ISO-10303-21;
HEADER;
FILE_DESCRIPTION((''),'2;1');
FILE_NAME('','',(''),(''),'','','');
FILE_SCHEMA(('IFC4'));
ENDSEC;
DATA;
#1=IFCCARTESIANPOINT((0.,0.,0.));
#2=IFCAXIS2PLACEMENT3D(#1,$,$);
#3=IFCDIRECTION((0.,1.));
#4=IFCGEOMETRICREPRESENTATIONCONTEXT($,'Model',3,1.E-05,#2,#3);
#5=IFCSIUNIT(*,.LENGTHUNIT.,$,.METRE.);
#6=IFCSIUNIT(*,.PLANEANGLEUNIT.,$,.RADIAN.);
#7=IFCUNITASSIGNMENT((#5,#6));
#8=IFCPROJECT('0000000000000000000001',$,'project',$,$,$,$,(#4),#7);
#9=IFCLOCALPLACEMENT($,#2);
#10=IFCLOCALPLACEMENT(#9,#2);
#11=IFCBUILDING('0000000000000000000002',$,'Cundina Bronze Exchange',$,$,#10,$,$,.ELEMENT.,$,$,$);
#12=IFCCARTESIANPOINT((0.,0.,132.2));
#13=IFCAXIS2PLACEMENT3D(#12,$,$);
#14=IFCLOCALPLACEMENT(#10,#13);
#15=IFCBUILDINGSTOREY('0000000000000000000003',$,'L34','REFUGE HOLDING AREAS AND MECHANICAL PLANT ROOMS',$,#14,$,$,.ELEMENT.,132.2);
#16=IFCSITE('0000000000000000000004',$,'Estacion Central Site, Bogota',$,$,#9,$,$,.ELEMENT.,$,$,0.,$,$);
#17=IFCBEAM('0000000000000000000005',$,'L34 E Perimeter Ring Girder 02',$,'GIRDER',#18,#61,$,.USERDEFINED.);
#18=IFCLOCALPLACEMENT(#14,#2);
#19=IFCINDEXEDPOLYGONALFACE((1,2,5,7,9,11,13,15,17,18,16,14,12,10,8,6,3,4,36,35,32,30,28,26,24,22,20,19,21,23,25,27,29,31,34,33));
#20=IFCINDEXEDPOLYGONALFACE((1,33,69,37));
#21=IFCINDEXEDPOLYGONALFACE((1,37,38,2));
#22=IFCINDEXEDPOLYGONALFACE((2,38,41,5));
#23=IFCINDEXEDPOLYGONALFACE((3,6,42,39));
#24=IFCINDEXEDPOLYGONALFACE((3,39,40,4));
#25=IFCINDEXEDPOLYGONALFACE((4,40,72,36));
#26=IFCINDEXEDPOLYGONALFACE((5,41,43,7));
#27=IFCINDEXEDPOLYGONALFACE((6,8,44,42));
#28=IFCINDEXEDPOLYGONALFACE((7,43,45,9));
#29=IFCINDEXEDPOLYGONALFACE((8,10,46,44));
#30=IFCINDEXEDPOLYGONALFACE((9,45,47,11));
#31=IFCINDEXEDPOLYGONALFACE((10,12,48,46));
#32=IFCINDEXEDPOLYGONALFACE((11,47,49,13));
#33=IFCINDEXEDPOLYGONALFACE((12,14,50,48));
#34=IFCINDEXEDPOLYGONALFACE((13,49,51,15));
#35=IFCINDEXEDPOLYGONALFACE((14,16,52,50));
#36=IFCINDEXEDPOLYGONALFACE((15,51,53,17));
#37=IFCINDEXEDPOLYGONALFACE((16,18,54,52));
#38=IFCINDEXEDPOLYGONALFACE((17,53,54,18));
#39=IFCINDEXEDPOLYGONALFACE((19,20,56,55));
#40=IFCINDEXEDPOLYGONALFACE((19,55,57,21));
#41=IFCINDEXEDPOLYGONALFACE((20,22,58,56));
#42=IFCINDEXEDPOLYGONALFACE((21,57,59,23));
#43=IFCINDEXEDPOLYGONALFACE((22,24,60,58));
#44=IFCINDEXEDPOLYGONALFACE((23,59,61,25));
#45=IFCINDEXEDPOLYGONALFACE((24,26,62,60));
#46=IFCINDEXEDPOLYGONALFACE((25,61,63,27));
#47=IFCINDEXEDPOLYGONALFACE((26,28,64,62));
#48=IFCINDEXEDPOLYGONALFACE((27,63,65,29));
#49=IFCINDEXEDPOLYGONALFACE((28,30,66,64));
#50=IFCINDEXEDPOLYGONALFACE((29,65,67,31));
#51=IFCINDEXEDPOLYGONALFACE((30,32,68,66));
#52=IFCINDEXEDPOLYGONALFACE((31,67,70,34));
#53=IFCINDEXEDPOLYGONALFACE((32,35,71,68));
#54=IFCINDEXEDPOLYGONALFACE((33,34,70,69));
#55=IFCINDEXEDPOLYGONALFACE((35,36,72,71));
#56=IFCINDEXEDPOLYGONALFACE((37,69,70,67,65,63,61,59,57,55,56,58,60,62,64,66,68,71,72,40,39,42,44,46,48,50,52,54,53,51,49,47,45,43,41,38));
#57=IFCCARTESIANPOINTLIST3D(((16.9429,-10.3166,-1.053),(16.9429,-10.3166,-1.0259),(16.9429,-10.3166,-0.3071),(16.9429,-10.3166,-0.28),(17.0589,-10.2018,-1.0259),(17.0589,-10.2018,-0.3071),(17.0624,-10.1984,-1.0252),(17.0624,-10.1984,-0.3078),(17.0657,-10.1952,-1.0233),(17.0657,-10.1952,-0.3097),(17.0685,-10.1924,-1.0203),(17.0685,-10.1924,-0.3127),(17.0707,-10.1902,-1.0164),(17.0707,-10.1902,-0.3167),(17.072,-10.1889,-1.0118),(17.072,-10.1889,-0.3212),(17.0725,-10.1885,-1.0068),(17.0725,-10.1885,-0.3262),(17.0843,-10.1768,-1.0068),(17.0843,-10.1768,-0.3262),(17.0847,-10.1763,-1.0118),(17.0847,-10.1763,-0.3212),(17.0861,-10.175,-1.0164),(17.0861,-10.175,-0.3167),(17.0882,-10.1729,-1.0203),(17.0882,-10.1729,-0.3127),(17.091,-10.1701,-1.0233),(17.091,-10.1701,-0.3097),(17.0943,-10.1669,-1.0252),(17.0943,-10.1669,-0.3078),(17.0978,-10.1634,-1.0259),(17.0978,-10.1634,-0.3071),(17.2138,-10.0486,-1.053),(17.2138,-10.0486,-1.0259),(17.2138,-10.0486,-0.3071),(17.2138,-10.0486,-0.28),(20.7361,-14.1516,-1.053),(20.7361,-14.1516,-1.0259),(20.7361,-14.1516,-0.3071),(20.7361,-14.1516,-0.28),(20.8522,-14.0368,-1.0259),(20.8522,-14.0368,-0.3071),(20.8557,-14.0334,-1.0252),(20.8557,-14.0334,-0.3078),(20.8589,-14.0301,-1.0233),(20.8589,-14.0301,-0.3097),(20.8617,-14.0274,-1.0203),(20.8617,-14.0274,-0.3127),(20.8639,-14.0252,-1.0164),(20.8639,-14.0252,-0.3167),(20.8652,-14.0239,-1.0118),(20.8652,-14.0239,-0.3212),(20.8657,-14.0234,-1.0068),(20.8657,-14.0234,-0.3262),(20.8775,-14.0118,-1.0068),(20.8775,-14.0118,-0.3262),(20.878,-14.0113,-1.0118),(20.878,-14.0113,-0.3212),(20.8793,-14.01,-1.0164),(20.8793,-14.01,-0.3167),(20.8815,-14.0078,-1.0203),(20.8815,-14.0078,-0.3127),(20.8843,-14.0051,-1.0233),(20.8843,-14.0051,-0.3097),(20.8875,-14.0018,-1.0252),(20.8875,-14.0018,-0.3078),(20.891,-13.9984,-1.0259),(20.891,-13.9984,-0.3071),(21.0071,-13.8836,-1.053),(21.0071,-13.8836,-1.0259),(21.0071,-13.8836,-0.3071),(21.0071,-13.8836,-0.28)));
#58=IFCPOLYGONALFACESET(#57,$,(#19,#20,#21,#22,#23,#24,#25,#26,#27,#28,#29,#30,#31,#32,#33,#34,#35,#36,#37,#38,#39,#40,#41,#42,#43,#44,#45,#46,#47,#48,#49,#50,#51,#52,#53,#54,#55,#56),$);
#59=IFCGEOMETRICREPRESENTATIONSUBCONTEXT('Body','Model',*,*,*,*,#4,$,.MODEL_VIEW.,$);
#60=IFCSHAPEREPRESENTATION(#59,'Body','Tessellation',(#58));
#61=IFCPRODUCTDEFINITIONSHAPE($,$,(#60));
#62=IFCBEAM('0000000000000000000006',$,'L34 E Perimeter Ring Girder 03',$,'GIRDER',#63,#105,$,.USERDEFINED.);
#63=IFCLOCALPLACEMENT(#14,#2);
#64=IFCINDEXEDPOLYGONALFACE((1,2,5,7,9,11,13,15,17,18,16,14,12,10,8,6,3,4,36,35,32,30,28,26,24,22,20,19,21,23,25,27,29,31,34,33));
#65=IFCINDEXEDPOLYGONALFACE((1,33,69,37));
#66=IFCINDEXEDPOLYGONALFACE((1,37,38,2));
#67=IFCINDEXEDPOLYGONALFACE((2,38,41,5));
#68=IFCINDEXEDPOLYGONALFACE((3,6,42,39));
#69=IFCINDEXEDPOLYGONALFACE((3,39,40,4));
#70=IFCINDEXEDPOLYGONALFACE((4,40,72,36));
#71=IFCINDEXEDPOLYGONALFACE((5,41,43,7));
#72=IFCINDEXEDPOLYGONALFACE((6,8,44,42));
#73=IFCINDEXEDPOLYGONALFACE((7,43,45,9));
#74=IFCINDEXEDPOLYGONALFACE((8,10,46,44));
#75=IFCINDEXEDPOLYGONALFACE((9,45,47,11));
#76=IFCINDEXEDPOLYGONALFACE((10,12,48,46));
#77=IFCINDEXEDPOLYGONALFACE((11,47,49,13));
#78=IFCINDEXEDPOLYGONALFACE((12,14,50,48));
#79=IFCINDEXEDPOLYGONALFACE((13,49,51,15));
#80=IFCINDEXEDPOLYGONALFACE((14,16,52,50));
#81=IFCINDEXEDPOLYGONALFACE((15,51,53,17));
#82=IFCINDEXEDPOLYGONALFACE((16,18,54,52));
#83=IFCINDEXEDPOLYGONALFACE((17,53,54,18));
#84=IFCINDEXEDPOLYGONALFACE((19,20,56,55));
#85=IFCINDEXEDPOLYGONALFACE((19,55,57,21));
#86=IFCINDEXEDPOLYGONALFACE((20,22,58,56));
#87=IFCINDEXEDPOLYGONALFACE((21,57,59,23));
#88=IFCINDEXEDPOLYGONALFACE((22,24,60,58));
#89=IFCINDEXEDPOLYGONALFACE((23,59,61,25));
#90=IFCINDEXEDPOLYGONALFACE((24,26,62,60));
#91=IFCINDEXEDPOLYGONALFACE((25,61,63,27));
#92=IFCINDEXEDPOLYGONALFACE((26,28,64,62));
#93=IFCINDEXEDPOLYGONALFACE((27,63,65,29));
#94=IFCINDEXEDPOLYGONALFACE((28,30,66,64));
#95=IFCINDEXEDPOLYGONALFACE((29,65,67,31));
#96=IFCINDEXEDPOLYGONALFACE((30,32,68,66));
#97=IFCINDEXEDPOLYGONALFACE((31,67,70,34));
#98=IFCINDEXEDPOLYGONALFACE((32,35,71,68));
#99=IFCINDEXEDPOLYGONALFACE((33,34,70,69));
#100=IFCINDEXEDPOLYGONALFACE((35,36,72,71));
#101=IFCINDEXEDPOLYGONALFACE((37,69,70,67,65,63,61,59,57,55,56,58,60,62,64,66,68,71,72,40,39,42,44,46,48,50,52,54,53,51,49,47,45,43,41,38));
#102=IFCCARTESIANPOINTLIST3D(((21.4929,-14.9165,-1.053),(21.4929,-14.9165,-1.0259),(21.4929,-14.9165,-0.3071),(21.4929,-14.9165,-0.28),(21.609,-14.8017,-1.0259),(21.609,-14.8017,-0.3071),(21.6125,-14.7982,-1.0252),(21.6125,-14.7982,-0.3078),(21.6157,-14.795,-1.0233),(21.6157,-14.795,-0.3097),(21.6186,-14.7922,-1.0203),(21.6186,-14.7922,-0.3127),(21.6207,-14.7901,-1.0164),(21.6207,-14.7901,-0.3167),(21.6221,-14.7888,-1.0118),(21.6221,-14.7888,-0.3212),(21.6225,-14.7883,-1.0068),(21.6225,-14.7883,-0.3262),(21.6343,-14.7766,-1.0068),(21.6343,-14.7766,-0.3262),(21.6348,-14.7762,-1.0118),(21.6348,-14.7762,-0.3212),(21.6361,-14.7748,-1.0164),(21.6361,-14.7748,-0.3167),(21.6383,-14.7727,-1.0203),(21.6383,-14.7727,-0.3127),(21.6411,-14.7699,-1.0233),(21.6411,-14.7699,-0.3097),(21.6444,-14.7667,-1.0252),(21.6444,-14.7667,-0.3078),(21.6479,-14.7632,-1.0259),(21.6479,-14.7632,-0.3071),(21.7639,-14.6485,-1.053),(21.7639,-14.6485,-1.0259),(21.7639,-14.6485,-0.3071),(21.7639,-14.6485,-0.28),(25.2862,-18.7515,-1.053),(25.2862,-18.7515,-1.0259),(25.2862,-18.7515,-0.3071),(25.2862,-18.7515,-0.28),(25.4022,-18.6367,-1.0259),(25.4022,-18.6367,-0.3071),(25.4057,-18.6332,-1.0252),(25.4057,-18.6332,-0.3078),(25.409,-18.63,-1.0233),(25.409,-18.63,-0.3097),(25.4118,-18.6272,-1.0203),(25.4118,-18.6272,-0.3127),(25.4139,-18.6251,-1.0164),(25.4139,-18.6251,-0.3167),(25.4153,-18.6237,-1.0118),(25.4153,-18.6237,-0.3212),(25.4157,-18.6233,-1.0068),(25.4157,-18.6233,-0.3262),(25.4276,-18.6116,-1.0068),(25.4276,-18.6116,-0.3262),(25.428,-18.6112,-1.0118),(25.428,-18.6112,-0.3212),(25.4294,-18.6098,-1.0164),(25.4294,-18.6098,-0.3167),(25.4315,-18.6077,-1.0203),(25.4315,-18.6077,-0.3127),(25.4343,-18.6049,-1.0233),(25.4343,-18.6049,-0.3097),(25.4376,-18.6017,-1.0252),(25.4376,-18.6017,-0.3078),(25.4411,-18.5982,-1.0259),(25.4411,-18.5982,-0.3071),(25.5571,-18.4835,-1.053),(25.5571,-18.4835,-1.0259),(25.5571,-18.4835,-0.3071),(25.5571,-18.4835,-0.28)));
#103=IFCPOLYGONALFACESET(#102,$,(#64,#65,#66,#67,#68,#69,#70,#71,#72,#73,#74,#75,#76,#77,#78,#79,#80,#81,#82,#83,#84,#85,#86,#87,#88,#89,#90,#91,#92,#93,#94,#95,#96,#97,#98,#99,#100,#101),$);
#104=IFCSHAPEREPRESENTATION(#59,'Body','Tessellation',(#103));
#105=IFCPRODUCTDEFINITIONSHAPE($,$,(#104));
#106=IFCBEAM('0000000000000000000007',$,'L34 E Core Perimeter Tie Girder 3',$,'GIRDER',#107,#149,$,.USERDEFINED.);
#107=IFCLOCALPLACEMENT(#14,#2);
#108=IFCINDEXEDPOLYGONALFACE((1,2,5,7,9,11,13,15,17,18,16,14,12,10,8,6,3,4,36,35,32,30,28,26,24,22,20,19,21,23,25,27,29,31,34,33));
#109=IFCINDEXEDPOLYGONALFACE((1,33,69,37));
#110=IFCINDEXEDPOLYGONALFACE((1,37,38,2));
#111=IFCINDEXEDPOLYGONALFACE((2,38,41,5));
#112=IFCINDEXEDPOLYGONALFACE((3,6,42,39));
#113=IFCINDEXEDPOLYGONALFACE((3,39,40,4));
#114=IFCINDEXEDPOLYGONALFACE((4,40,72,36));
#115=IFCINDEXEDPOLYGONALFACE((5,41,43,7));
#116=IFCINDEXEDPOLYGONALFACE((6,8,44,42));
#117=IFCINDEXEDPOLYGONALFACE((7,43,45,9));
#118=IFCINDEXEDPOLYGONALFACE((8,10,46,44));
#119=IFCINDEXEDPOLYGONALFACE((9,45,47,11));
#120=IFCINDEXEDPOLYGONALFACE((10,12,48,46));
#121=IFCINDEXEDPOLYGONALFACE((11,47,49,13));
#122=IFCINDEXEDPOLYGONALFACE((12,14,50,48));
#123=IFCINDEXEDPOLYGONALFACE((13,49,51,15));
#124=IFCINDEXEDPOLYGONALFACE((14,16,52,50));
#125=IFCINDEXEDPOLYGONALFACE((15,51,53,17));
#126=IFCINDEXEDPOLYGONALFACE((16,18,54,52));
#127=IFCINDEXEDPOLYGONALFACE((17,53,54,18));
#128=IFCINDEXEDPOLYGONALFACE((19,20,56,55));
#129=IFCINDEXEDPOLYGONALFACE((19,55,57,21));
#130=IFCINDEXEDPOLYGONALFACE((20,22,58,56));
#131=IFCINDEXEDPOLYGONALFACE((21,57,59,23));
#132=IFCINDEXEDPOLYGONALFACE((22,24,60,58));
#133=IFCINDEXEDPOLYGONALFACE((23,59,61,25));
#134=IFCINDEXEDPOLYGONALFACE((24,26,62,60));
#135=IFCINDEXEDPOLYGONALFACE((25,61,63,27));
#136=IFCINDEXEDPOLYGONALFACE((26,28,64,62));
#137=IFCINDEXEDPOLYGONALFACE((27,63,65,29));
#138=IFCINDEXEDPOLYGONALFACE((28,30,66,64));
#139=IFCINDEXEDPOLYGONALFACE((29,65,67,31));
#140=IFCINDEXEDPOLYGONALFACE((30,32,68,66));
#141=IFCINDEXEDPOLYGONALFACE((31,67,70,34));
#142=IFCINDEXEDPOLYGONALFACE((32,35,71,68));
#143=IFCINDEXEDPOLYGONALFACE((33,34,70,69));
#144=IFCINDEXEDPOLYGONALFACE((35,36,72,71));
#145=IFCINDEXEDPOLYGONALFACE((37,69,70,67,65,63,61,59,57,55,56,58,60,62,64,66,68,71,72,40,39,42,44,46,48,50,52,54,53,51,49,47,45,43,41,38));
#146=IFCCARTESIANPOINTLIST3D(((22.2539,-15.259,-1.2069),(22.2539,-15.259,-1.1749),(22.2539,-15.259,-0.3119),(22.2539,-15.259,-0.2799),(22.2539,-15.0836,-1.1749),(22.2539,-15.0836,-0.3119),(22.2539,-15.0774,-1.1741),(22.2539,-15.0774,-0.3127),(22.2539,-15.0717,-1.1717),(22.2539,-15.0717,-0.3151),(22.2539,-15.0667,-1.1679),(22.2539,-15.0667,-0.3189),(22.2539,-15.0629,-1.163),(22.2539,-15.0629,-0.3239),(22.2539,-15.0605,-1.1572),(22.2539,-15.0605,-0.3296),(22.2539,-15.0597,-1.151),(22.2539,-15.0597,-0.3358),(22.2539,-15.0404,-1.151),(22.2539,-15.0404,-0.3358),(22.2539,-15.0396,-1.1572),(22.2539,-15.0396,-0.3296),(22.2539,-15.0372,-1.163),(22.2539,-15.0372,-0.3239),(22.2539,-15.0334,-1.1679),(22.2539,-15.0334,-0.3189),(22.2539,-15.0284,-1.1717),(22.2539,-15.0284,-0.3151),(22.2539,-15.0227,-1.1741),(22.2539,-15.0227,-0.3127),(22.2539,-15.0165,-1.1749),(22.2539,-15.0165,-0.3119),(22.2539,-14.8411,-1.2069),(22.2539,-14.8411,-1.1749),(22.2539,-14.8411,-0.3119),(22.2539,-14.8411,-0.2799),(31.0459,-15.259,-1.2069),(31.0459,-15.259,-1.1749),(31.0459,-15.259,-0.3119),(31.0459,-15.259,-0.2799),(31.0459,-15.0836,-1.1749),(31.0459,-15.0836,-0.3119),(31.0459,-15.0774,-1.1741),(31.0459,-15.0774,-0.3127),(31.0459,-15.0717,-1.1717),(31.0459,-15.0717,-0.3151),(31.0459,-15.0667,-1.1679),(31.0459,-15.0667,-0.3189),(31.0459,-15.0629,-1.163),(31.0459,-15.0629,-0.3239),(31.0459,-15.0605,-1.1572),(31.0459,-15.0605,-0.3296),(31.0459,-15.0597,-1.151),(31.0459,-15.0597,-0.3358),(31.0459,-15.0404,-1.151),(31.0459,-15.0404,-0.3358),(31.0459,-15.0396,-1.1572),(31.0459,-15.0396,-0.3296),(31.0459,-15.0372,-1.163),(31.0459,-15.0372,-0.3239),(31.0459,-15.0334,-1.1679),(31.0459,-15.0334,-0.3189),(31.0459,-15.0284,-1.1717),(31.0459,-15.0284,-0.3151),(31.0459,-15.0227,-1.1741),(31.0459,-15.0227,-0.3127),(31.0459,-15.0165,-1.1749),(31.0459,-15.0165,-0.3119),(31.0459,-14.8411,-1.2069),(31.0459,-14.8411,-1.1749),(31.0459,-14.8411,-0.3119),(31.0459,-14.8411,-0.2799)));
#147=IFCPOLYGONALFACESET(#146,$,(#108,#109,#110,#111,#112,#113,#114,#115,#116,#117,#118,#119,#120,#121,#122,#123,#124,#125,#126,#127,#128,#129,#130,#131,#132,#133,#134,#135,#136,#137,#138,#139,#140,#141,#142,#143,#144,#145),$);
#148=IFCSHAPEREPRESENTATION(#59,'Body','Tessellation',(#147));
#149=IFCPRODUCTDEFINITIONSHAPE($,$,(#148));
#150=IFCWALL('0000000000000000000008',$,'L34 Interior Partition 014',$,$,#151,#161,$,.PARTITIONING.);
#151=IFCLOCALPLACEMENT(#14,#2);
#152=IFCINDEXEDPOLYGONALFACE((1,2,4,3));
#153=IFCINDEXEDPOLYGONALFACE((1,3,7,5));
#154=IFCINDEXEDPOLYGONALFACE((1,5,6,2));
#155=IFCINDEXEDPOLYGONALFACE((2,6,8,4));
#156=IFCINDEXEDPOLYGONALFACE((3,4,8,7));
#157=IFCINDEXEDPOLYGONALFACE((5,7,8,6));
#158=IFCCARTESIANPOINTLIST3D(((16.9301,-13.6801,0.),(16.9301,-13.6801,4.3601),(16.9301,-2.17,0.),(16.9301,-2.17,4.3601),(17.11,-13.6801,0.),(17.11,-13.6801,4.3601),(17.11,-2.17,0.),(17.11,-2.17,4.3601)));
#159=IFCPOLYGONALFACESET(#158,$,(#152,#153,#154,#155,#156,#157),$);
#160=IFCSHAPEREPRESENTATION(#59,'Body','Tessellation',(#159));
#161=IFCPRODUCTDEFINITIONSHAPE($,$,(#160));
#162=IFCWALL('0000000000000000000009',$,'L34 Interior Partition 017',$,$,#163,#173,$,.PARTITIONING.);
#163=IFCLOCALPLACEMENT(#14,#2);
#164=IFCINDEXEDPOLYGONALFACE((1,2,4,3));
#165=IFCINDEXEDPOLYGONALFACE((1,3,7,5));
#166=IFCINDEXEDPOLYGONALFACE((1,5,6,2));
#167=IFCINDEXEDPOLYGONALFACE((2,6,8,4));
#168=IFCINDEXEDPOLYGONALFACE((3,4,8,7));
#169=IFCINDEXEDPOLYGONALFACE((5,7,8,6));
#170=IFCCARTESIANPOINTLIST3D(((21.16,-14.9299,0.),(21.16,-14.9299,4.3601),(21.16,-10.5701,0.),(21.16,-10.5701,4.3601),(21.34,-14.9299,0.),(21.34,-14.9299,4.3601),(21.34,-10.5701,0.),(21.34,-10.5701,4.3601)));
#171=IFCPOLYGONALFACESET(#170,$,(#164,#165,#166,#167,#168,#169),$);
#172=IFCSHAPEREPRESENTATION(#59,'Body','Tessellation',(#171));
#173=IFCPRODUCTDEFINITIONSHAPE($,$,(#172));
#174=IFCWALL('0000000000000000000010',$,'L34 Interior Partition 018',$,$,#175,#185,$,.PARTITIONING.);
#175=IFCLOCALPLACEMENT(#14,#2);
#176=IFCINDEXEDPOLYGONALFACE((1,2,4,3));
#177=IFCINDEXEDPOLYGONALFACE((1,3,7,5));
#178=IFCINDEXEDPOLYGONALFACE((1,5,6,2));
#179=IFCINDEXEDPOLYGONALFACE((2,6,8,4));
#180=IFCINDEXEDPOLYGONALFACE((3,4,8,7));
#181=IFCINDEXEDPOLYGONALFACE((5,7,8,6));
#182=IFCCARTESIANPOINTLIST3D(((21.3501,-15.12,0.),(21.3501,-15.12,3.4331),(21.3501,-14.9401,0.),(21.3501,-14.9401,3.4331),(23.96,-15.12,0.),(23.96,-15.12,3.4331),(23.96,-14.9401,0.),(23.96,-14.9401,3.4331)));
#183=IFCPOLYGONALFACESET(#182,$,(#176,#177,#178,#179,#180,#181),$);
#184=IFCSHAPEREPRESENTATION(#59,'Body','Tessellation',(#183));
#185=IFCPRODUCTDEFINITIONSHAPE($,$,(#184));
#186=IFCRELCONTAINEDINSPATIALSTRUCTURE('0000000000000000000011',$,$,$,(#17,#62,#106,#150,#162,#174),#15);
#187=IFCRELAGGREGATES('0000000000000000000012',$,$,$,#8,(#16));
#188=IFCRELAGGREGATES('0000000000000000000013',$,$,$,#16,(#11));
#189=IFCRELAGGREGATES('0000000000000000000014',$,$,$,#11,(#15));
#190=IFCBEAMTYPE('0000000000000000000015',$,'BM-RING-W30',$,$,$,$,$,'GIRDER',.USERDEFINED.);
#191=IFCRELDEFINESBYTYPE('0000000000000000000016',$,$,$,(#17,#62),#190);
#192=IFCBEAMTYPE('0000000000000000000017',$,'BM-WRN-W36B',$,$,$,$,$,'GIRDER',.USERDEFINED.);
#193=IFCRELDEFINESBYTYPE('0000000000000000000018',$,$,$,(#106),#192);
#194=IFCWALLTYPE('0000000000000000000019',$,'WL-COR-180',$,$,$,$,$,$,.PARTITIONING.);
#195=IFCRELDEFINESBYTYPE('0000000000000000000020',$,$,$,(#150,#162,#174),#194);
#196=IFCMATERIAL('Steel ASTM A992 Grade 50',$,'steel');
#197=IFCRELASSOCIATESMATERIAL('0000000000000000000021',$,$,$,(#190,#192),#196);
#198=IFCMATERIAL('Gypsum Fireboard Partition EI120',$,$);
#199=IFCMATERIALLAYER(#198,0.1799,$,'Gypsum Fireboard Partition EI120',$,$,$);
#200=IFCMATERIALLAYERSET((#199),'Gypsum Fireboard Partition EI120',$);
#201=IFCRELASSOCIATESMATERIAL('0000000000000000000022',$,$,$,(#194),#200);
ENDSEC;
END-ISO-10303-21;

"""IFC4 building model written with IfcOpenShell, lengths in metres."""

from ifc_helpers import new_model, si_unit, direction, frame, frame_2d, origin, origin_2d, place, context, subcontext, project, spatial, rectangle, i_section, extrude, material, layer, layer_set, material_profile, profile_set, type_object, element, save


model = new_model("IFC4")

# Units and contexts
model_context = context("Model", 3, precision=1e-05, world=origin(), true_north=direction((0.0, 1.0)))
body_context = subcontext(model_context, "Body", "Model", "MODEL_VIEW")
ifc_project = project(units=[si_unit("LENGTHUNIT", "METRE"), si_unit("PLANEANGLEUNIT", "RADIAN")], contexts=[model_context])

# Site, building, storey
site_placement = place(None, origin())
site = spatial("IfcSite", under=ifc_project, at=site_placement, Name="Estacion Central Site, Bogota", CompositionType="ELEMENT", RefElevation=0.0)
building_placement = place(site_placement, origin())
building = spatial("IfcBuilding", under=site, at=building_placement, Name="Cundina Bronze Exchange", CompositionType="ELEMENT")
storey_placement = place(building_placement, frame((0.0, 0.0, 132.2)))
storey = spatial("IfcBuildingStorey", under=building, at=storey_placement, Name="L34", Description="REFUGE HOLDING AREAS AND MECHANICAL PLANT ROOMS", CompositionType="ELEMENT", Elevation=132.2)

# Shared definitions
ifc_material_1 = material(Name="Steel ASTM A992 Grade 50", Category="steel")

# Beams
ifc_material_profile_1 = material_profile(ifc_material_1, i_section(OverallWidth=0.3811, OverallDepth=0.7729, WebThickness=0.0166, FlangeThickness=0.0271, FilletRadius=0.019, at=origin_2d()), Name="W30X173", Category="steel")
ifc_profile_set_1 = profile_set([ifc_material_profile_1], Name="Steel ASTM A992 Grade 50")
beam_type_1 = type_object("IfcBeamType", Name="BM-RING-W30", ElementType="GIRDER", PredefinedType="USERDEFINED", material=ifc_profile_set_1)
for number, where, z_axis, x_axis, name in (
    (1, (17.0784, -10.1826, -0.6665), (0.703226, -0.710966, 0.0), (0.710966, 0.703226, 0.0), "L34 E Perimeter Ring Girder 02"),
    (2, (21.6284, -14.7825, -0.6665), (0.703226, -0.710966, 0.0), (0.710966, 0.703226, 0.0), "L34 E Perimeter Ring Girder 03"),
):
    element("IfcBeam", number, at=place(storey_placement, frame(where, z_axis=z_axis, x_axis=x_axis)), inside=storey, type_object=beam_type_1, Name=name, ObjectType="GIRDER", PredefinedType="USERDEFINED", context=body_context, shape_type="SweptSolid", body=[
        extrude(i_section(OverallWidth=0.3811, OverallDepth=0.7729, WebThickness=0.0166, FlangeThickness=0.0271, FilletRadius=0.019, at=origin_2d()), origin(), (0.0, 0.0, 1.0), 5.394),
    ])
ifc_material_profile_2 = material_profile(ifc_material_1, i_section(OverallWidth=0.418, OverallDepth=0.927, WebThickness=0.0193, FlangeThickness=0.032, FilletRadius=0.0239, at=origin_2d()), Name="W36X231", Category="steel")
ifc_profile_set_2 = profile_set([ifc_material_profile_2], Name="Steel ASTM A992 Grade 50")
beam_type_2 = type_object("IfcBeamType", Name="BM-WRN-W36B", ElementType="GIRDER", PredefinedType="USERDEFINED", material=ifc_profile_set_2)
beam_1_placement = place(storey_placement, frame((22.2539, -15.05, -0.7434), z_axis=(1.0, 0.0, 0.0), x_axis=(0.0, 1.0, 0.0)))
element("IfcBeam", 3, at=beam_1_placement, inside=storey, type_object=beam_type_2, Name="L34 E Core Perimeter Tie Girder 3", ObjectType="GIRDER", PredefinedType="USERDEFINED", context=body_context, shape_type="SweptSolid", body=[
    extrude(i_section(OverallWidth=0.418, OverallDepth=0.927, WebThickness=0.0193, FlangeThickness=0.032, FilletRadius=0.0239, at=origin_2d()), origin(), (0.0, 0.0, 1.0), 8.792),
])

# Walls
ifc_material_2 = material(Name="Gypsum Fireboard Partition EI120")
ifc_layer_1 = layer(ifc_material_2, 0.1799, Name="Gypsum Fireboard Partition EI120")
ifc_layer_set_1 = layer_set([ifc_layer_1], Name="Gypsum Fireboard Partition EI120")
wall_type_1 = type_object("IfcWallType", Name="WL-COR-180", PredefinedType="PARTITIONING", material=ifc_layer_set_1)
wall_1_placement = place(storey_placement, frame((17.02, -13.6799, 0.0), z_axis=(0.0, 0.0, 1.0), x_axis=(0.0, 1.0, 0.0)))
element("IfcWall", 4, at=wall_1_placement, inside=storey, type_object=wall_type_1, Name="L34 Interior Partition 014", PredefinedType="PARTITIONING", context=body_context, shape_type="SweptSolid", body=[
    extrude(rectangle(XDim=11.51, YDim=0.1799, at=frame_2d((5.7549, 0.0))), origin(), (0.0, 0.0, 1.0), 4.3601),
])
wall_2_placement = place(storey_placement, frame((21.25, -14.9299, 0.0), z_axis=(0.0, 0.0, 1.0), x_axis=(0.0, 1.0, 0.0)))
element("IfcWall", 5, at=wall_2_placement, inside=storey, type_object=wall_type_1, Name="L34 Interior Partition 017", PredefinedType="PARTITIONING", context=body_context, shape_type="SweptSolid", body=[
    extrude(rectangle(XDim=4.3599, YDim=0.1799, at=frame_2d((2.1799, 0.0))), origin(), (0.0, 0.0, 1.0), 4.3601),
])
wall_3_placement = place(storey_placement, frame((21.3501, -15.03, 0.0), z_axis=(0.0, 0.0, 1.0), x_axis=(1.0, 0.0, 0.0)))
element("IfcWall", 6, at=wall_3_placement, inside=storey, type_object=wall_type_1, Name="L34 Interior Partition 018", PredefinedType="PARTITIONING", context=body_context, shape_type="SweptSolid", body=[
    extrude(rectangle(XDim=2.6099, YDim=0.1799, at=frame_2d((1.3049, 0.0))), origin(), (0.0, 0.0, 1.0), 3.4331),
])

save(model, "model.ifc")
